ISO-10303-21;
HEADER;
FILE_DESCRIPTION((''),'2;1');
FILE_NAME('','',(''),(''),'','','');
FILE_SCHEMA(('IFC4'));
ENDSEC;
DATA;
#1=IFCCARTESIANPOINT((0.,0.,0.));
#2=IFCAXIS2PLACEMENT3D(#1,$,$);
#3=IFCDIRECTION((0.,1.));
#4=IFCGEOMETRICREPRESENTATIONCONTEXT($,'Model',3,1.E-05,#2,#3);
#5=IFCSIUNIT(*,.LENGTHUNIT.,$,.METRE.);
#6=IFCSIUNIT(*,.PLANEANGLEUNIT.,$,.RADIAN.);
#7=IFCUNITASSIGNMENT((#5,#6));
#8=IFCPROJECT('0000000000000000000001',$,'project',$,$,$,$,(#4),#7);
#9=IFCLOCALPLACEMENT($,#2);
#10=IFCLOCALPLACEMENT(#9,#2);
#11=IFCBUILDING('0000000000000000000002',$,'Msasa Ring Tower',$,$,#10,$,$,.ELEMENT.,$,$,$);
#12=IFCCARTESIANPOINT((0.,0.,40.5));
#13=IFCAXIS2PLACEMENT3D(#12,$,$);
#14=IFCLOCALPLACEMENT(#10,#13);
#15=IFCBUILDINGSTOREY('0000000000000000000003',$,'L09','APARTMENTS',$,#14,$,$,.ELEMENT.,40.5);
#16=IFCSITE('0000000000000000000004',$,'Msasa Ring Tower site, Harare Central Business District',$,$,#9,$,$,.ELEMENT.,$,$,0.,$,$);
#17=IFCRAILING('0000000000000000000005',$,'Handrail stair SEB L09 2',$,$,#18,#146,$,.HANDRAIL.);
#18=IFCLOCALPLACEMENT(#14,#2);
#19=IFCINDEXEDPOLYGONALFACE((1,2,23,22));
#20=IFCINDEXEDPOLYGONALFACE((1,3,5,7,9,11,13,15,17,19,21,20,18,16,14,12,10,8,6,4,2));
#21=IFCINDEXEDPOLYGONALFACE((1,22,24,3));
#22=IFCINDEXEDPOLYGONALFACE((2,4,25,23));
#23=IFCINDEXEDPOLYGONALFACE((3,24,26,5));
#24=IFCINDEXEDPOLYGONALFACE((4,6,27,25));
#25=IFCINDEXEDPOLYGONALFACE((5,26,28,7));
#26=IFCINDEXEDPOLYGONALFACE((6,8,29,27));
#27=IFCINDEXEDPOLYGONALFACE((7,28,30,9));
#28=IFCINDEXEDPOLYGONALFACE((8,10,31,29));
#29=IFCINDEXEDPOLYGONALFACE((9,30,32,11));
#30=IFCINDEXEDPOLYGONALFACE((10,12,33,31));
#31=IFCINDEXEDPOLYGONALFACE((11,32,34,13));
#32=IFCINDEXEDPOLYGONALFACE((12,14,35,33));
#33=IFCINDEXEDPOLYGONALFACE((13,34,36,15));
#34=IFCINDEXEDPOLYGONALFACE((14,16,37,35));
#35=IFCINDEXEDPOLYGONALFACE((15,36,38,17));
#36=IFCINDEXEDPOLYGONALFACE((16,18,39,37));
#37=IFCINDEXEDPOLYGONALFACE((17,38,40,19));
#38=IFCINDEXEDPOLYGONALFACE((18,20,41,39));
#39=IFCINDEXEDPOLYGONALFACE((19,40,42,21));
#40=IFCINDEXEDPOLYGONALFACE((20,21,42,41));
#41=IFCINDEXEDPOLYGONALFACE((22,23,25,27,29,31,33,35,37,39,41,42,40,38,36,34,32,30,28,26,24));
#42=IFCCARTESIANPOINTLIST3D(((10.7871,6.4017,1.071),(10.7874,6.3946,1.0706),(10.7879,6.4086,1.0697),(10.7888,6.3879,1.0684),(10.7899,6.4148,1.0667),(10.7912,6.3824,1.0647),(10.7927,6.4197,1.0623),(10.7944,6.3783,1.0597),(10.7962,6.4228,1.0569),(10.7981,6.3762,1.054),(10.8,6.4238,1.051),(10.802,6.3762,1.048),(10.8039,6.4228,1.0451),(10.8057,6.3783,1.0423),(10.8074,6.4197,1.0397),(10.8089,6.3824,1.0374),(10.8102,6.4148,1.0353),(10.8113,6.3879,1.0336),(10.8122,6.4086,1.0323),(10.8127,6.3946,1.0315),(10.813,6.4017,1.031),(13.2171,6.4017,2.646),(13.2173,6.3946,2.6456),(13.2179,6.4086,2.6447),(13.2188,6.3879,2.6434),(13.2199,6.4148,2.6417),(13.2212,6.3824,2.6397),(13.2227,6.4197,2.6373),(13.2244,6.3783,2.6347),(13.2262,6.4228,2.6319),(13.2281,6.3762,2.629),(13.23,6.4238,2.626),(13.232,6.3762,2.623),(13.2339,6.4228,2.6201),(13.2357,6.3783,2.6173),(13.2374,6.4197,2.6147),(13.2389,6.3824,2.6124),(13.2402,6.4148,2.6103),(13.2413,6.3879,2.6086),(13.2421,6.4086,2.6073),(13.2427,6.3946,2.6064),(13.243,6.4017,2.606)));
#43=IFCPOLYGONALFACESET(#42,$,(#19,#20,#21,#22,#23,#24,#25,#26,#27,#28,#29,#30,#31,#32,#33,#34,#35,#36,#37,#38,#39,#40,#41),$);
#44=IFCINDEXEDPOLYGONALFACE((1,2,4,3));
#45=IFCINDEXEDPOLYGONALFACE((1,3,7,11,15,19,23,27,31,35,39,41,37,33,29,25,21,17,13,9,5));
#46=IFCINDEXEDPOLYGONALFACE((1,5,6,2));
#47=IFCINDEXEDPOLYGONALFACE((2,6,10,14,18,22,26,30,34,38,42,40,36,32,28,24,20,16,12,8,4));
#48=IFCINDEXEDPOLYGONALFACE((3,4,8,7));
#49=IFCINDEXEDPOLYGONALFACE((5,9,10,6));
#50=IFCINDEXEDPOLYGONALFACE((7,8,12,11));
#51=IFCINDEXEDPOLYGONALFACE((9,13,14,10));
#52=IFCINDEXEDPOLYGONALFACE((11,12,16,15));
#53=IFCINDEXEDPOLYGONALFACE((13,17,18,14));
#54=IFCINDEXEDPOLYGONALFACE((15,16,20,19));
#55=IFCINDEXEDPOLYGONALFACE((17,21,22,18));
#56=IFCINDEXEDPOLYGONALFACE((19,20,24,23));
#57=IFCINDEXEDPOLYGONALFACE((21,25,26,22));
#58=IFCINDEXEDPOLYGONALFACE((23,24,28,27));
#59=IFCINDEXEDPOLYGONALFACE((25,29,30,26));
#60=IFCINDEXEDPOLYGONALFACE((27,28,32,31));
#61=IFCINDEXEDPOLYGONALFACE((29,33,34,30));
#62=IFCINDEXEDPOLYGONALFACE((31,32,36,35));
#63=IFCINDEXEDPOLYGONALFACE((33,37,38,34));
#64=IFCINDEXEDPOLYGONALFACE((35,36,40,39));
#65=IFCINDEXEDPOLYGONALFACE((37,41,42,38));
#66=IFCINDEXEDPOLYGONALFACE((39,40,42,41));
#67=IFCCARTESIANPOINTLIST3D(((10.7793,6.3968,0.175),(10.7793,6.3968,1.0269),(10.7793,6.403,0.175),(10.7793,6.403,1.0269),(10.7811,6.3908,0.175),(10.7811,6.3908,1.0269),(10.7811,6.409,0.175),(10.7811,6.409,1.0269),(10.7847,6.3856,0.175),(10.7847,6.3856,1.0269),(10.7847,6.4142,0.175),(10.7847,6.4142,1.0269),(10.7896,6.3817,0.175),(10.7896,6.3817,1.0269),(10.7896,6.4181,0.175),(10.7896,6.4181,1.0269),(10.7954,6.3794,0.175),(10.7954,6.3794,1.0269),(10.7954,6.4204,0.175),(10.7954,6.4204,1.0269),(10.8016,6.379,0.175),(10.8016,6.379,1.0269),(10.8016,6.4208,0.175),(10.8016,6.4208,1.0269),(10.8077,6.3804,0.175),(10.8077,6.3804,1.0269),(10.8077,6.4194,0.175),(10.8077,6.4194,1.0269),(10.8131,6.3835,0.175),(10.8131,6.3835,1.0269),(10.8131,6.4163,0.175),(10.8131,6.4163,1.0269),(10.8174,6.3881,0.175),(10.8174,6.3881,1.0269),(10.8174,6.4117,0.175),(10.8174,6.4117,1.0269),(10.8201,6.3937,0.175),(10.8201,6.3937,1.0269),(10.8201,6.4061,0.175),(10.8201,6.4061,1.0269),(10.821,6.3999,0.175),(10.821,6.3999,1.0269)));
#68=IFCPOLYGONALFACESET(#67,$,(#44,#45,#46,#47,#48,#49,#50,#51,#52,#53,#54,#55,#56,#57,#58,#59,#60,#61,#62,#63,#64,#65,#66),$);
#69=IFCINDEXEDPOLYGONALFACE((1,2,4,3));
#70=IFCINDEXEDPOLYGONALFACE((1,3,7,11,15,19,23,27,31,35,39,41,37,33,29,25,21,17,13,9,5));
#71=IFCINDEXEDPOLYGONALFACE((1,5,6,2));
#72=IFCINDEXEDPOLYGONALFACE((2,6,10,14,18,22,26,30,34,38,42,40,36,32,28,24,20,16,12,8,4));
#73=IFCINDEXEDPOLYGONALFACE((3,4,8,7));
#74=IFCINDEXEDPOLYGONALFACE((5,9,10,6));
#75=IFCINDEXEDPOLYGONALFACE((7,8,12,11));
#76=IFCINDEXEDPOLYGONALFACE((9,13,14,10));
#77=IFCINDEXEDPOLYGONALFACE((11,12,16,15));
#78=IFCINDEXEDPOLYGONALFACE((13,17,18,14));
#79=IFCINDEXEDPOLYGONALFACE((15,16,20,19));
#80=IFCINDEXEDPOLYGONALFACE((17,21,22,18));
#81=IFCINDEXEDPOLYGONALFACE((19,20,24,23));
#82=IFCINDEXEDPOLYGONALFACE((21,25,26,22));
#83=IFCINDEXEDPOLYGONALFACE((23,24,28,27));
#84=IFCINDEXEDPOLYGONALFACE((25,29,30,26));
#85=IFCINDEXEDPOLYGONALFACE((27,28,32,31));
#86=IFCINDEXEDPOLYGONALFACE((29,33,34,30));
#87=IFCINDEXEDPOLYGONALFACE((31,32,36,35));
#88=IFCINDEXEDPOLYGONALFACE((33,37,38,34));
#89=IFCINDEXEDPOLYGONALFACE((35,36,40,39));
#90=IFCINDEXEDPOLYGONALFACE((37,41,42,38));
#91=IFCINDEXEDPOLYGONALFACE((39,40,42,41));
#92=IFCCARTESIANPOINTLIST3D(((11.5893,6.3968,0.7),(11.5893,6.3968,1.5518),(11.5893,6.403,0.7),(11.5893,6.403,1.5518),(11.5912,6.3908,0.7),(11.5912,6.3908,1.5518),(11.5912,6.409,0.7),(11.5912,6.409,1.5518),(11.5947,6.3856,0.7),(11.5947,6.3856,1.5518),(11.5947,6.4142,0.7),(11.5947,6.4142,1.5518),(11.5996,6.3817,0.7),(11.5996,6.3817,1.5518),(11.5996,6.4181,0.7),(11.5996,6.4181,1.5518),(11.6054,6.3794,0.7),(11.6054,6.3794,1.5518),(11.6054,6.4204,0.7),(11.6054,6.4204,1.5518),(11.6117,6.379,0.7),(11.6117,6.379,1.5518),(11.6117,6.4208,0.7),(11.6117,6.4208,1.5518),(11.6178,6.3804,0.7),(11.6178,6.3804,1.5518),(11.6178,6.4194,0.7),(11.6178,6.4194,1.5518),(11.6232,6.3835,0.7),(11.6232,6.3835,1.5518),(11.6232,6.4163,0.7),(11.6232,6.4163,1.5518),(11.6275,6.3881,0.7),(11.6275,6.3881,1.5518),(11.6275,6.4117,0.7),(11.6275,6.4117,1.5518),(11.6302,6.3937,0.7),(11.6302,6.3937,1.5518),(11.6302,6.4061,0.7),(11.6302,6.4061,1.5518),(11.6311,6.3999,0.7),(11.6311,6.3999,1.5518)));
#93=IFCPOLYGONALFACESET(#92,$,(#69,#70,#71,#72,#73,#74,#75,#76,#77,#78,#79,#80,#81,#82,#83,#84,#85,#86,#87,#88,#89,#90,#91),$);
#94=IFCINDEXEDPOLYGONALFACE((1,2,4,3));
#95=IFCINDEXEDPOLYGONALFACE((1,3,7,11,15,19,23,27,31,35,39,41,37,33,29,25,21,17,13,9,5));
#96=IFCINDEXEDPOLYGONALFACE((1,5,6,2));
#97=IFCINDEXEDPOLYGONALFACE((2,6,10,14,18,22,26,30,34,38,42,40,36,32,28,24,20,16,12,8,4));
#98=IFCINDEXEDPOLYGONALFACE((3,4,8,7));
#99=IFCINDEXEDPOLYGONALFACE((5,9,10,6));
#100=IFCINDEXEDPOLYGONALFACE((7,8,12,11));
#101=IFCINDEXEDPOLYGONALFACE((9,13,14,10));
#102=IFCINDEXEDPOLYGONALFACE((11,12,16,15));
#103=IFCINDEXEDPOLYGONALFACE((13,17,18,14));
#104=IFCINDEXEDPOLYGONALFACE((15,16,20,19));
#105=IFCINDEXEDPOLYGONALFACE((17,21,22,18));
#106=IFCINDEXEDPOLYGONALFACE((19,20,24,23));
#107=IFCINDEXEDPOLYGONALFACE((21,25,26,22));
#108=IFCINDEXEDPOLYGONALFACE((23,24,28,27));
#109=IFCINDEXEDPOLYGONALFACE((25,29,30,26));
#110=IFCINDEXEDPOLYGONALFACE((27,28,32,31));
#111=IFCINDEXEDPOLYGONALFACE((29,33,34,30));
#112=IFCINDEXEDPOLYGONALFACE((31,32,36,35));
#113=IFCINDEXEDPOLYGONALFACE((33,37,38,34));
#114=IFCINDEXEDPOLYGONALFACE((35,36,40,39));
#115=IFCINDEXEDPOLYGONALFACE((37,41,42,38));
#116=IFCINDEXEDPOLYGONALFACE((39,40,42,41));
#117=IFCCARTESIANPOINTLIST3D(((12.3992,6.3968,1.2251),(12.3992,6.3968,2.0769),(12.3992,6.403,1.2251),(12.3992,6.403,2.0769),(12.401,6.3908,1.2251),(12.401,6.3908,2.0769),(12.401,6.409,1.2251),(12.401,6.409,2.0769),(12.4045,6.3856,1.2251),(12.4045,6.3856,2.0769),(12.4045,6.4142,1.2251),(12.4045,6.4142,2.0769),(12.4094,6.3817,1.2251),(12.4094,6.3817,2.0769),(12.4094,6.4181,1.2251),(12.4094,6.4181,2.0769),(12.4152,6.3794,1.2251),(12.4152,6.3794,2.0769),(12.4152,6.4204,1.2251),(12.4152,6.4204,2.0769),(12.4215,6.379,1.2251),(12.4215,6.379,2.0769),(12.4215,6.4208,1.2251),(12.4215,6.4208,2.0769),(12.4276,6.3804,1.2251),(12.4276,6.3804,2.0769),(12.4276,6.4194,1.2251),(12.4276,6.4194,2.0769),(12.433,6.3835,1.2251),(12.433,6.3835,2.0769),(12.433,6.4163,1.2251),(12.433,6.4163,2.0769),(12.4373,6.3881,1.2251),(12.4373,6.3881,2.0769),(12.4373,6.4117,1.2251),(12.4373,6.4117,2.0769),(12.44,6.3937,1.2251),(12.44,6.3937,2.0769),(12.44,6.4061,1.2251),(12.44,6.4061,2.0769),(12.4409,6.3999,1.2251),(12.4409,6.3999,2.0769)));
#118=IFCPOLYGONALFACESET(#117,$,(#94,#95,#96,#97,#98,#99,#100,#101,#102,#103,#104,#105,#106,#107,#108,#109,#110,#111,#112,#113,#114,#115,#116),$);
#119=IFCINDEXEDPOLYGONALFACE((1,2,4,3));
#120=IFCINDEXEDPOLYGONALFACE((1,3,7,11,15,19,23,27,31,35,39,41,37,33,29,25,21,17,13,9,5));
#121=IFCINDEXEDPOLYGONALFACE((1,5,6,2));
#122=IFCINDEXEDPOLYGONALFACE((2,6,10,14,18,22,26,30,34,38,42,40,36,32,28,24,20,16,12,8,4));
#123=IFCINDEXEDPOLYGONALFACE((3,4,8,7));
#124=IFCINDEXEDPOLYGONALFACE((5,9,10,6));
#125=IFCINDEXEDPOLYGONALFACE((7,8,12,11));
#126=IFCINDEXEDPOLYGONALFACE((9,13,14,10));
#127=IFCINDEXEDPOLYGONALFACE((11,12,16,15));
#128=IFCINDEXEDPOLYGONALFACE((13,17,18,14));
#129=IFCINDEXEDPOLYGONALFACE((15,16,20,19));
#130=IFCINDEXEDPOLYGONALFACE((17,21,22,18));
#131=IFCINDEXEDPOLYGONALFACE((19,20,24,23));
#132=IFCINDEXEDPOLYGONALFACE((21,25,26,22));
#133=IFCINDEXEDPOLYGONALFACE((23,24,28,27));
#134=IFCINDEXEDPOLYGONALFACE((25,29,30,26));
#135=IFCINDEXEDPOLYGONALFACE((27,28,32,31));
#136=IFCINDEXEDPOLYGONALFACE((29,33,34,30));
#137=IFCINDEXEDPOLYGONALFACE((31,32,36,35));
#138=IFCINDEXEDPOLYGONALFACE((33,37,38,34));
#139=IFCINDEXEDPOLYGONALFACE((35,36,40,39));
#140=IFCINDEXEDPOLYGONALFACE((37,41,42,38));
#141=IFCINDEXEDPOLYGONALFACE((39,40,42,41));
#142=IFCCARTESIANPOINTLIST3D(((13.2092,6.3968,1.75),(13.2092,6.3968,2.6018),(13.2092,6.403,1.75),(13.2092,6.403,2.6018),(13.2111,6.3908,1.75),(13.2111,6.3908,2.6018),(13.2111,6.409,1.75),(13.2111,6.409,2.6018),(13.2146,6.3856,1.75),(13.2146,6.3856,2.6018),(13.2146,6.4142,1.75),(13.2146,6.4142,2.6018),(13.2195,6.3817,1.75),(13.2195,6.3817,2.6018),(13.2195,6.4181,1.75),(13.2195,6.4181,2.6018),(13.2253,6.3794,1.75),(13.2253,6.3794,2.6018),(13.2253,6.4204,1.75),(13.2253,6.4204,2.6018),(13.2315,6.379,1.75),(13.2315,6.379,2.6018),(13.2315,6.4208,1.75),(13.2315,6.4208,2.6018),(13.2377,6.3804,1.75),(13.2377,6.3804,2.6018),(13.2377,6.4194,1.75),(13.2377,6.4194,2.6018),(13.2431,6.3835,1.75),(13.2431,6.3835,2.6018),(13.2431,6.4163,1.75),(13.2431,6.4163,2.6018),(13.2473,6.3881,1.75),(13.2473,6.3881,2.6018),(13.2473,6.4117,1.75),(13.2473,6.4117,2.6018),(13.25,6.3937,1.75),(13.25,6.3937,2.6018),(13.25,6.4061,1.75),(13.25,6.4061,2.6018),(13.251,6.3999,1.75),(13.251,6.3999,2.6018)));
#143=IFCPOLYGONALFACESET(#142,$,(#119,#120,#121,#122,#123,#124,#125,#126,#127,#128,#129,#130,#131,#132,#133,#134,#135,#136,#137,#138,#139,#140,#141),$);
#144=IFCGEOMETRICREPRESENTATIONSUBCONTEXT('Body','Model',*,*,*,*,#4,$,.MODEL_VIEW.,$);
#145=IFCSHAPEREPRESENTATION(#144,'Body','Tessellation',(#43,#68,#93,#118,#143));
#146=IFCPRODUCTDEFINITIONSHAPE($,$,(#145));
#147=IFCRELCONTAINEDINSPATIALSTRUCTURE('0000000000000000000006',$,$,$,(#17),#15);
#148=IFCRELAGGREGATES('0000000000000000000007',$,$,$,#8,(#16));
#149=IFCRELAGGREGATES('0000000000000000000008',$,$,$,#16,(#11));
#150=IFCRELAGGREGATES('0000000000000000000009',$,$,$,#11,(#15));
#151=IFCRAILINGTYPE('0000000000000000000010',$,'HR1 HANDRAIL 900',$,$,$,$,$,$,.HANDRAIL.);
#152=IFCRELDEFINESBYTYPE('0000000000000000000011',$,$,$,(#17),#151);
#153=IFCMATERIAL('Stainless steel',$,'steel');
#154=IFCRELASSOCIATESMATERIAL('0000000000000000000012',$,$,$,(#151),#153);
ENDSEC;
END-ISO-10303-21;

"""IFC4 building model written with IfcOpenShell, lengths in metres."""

from ifc_helpers import new_model, si_unit, direction, frame, origin, origin_2d, place, context, subcontext, project, spatial, circle, extrude, material, type_object, element, save


model = new_model("IFC4")

# Units and contexts
model_context = context("Model", 3, precision=1e-05, world=origin(), true_north=direction((0.0, 1.0)))
body_context = subcontext(model_context, "Body", "Model", "MODEL_VIEW")
ifc_project = project(units=[si_unit("LENGTHUNIT", "METRE"), si_unit("PLANEANGLEUNIT", "RADIAN")], contexts=[model_context])

# Site, building, storey
site_placement = place(None, origin())
site = spatial("IfcSite", under=ifc_project, at=site_placement, Name="Msasa Ring Tower site, Harare Central Business District", CompositionType="ELEMENT", RefElevation=0.0)
building_placement = place(site_placement, origin())
building = spatial("IfcBuilding", under=site, at=building_placement, Name="Msasa Ring Tower", CompositionType="ELEMENT")
storey_placement = place(building_placement, frame((0.0, 0.0, 40.5)))
storey = spatial("IfcBuildingStorey", under=building, at=storey_placement, Name="L09", Description="APARTMENTS", CompositionType="ELEMENT", Elevation=40.5)

# Railing
ifc_material_1 = material(Name="Stainless steel", Category="steel")
railing_type = type_object("IfcRailingType", Name="HR1 HANDRAIL 900", PredefinedType="HANDRAIL", material=ifc_material_1)
for number, where, name in (
    (1, (10.8, 6.3999, 0.175), "Handrail stair SEB L09 2"),
):
    element("IfcRailing", number, at=place(storey_placement, frame(where)), inside=storey, type_object=railing_type, Name=name, PredefinedType="HANDRAIL", context=body_context, shape_type="SweptSolid", body=[
        extrude(circle(Radius=0.0239, at=origin_2d()), frame((0.0, 0.0, 0.876), z_axis=(0.839154, 0.0, 0.543894), x_axis=(0.0, 1.0, 0.0)), (0.0, 0.0, 1.0), 2.8958),
        extrude(circle(Radius=0.021, at=origin_2d()), origin(), (0.0, 0.0, 1.0), 0.8518),
        extrude(circle(Radius=0.021, at=origin_2d()), frame((0.8101, 0.0, 0.5249)), (0.0, 0.0, 1.0), 0.8518),
        extrude(circle(Radius=0.021, at=origin_2d()), frame((1.6199, 0.0, 1.05)), (0.0, 0.0, 1.0), 0.8518),
        extrude(circle(Radius=0.021, at=origin_2d()), frame((2.4299, 0.0, 1.575)), (0.0, 0.0, 1.0), 0.8518),
    ])

save(model, "model.ifc")
